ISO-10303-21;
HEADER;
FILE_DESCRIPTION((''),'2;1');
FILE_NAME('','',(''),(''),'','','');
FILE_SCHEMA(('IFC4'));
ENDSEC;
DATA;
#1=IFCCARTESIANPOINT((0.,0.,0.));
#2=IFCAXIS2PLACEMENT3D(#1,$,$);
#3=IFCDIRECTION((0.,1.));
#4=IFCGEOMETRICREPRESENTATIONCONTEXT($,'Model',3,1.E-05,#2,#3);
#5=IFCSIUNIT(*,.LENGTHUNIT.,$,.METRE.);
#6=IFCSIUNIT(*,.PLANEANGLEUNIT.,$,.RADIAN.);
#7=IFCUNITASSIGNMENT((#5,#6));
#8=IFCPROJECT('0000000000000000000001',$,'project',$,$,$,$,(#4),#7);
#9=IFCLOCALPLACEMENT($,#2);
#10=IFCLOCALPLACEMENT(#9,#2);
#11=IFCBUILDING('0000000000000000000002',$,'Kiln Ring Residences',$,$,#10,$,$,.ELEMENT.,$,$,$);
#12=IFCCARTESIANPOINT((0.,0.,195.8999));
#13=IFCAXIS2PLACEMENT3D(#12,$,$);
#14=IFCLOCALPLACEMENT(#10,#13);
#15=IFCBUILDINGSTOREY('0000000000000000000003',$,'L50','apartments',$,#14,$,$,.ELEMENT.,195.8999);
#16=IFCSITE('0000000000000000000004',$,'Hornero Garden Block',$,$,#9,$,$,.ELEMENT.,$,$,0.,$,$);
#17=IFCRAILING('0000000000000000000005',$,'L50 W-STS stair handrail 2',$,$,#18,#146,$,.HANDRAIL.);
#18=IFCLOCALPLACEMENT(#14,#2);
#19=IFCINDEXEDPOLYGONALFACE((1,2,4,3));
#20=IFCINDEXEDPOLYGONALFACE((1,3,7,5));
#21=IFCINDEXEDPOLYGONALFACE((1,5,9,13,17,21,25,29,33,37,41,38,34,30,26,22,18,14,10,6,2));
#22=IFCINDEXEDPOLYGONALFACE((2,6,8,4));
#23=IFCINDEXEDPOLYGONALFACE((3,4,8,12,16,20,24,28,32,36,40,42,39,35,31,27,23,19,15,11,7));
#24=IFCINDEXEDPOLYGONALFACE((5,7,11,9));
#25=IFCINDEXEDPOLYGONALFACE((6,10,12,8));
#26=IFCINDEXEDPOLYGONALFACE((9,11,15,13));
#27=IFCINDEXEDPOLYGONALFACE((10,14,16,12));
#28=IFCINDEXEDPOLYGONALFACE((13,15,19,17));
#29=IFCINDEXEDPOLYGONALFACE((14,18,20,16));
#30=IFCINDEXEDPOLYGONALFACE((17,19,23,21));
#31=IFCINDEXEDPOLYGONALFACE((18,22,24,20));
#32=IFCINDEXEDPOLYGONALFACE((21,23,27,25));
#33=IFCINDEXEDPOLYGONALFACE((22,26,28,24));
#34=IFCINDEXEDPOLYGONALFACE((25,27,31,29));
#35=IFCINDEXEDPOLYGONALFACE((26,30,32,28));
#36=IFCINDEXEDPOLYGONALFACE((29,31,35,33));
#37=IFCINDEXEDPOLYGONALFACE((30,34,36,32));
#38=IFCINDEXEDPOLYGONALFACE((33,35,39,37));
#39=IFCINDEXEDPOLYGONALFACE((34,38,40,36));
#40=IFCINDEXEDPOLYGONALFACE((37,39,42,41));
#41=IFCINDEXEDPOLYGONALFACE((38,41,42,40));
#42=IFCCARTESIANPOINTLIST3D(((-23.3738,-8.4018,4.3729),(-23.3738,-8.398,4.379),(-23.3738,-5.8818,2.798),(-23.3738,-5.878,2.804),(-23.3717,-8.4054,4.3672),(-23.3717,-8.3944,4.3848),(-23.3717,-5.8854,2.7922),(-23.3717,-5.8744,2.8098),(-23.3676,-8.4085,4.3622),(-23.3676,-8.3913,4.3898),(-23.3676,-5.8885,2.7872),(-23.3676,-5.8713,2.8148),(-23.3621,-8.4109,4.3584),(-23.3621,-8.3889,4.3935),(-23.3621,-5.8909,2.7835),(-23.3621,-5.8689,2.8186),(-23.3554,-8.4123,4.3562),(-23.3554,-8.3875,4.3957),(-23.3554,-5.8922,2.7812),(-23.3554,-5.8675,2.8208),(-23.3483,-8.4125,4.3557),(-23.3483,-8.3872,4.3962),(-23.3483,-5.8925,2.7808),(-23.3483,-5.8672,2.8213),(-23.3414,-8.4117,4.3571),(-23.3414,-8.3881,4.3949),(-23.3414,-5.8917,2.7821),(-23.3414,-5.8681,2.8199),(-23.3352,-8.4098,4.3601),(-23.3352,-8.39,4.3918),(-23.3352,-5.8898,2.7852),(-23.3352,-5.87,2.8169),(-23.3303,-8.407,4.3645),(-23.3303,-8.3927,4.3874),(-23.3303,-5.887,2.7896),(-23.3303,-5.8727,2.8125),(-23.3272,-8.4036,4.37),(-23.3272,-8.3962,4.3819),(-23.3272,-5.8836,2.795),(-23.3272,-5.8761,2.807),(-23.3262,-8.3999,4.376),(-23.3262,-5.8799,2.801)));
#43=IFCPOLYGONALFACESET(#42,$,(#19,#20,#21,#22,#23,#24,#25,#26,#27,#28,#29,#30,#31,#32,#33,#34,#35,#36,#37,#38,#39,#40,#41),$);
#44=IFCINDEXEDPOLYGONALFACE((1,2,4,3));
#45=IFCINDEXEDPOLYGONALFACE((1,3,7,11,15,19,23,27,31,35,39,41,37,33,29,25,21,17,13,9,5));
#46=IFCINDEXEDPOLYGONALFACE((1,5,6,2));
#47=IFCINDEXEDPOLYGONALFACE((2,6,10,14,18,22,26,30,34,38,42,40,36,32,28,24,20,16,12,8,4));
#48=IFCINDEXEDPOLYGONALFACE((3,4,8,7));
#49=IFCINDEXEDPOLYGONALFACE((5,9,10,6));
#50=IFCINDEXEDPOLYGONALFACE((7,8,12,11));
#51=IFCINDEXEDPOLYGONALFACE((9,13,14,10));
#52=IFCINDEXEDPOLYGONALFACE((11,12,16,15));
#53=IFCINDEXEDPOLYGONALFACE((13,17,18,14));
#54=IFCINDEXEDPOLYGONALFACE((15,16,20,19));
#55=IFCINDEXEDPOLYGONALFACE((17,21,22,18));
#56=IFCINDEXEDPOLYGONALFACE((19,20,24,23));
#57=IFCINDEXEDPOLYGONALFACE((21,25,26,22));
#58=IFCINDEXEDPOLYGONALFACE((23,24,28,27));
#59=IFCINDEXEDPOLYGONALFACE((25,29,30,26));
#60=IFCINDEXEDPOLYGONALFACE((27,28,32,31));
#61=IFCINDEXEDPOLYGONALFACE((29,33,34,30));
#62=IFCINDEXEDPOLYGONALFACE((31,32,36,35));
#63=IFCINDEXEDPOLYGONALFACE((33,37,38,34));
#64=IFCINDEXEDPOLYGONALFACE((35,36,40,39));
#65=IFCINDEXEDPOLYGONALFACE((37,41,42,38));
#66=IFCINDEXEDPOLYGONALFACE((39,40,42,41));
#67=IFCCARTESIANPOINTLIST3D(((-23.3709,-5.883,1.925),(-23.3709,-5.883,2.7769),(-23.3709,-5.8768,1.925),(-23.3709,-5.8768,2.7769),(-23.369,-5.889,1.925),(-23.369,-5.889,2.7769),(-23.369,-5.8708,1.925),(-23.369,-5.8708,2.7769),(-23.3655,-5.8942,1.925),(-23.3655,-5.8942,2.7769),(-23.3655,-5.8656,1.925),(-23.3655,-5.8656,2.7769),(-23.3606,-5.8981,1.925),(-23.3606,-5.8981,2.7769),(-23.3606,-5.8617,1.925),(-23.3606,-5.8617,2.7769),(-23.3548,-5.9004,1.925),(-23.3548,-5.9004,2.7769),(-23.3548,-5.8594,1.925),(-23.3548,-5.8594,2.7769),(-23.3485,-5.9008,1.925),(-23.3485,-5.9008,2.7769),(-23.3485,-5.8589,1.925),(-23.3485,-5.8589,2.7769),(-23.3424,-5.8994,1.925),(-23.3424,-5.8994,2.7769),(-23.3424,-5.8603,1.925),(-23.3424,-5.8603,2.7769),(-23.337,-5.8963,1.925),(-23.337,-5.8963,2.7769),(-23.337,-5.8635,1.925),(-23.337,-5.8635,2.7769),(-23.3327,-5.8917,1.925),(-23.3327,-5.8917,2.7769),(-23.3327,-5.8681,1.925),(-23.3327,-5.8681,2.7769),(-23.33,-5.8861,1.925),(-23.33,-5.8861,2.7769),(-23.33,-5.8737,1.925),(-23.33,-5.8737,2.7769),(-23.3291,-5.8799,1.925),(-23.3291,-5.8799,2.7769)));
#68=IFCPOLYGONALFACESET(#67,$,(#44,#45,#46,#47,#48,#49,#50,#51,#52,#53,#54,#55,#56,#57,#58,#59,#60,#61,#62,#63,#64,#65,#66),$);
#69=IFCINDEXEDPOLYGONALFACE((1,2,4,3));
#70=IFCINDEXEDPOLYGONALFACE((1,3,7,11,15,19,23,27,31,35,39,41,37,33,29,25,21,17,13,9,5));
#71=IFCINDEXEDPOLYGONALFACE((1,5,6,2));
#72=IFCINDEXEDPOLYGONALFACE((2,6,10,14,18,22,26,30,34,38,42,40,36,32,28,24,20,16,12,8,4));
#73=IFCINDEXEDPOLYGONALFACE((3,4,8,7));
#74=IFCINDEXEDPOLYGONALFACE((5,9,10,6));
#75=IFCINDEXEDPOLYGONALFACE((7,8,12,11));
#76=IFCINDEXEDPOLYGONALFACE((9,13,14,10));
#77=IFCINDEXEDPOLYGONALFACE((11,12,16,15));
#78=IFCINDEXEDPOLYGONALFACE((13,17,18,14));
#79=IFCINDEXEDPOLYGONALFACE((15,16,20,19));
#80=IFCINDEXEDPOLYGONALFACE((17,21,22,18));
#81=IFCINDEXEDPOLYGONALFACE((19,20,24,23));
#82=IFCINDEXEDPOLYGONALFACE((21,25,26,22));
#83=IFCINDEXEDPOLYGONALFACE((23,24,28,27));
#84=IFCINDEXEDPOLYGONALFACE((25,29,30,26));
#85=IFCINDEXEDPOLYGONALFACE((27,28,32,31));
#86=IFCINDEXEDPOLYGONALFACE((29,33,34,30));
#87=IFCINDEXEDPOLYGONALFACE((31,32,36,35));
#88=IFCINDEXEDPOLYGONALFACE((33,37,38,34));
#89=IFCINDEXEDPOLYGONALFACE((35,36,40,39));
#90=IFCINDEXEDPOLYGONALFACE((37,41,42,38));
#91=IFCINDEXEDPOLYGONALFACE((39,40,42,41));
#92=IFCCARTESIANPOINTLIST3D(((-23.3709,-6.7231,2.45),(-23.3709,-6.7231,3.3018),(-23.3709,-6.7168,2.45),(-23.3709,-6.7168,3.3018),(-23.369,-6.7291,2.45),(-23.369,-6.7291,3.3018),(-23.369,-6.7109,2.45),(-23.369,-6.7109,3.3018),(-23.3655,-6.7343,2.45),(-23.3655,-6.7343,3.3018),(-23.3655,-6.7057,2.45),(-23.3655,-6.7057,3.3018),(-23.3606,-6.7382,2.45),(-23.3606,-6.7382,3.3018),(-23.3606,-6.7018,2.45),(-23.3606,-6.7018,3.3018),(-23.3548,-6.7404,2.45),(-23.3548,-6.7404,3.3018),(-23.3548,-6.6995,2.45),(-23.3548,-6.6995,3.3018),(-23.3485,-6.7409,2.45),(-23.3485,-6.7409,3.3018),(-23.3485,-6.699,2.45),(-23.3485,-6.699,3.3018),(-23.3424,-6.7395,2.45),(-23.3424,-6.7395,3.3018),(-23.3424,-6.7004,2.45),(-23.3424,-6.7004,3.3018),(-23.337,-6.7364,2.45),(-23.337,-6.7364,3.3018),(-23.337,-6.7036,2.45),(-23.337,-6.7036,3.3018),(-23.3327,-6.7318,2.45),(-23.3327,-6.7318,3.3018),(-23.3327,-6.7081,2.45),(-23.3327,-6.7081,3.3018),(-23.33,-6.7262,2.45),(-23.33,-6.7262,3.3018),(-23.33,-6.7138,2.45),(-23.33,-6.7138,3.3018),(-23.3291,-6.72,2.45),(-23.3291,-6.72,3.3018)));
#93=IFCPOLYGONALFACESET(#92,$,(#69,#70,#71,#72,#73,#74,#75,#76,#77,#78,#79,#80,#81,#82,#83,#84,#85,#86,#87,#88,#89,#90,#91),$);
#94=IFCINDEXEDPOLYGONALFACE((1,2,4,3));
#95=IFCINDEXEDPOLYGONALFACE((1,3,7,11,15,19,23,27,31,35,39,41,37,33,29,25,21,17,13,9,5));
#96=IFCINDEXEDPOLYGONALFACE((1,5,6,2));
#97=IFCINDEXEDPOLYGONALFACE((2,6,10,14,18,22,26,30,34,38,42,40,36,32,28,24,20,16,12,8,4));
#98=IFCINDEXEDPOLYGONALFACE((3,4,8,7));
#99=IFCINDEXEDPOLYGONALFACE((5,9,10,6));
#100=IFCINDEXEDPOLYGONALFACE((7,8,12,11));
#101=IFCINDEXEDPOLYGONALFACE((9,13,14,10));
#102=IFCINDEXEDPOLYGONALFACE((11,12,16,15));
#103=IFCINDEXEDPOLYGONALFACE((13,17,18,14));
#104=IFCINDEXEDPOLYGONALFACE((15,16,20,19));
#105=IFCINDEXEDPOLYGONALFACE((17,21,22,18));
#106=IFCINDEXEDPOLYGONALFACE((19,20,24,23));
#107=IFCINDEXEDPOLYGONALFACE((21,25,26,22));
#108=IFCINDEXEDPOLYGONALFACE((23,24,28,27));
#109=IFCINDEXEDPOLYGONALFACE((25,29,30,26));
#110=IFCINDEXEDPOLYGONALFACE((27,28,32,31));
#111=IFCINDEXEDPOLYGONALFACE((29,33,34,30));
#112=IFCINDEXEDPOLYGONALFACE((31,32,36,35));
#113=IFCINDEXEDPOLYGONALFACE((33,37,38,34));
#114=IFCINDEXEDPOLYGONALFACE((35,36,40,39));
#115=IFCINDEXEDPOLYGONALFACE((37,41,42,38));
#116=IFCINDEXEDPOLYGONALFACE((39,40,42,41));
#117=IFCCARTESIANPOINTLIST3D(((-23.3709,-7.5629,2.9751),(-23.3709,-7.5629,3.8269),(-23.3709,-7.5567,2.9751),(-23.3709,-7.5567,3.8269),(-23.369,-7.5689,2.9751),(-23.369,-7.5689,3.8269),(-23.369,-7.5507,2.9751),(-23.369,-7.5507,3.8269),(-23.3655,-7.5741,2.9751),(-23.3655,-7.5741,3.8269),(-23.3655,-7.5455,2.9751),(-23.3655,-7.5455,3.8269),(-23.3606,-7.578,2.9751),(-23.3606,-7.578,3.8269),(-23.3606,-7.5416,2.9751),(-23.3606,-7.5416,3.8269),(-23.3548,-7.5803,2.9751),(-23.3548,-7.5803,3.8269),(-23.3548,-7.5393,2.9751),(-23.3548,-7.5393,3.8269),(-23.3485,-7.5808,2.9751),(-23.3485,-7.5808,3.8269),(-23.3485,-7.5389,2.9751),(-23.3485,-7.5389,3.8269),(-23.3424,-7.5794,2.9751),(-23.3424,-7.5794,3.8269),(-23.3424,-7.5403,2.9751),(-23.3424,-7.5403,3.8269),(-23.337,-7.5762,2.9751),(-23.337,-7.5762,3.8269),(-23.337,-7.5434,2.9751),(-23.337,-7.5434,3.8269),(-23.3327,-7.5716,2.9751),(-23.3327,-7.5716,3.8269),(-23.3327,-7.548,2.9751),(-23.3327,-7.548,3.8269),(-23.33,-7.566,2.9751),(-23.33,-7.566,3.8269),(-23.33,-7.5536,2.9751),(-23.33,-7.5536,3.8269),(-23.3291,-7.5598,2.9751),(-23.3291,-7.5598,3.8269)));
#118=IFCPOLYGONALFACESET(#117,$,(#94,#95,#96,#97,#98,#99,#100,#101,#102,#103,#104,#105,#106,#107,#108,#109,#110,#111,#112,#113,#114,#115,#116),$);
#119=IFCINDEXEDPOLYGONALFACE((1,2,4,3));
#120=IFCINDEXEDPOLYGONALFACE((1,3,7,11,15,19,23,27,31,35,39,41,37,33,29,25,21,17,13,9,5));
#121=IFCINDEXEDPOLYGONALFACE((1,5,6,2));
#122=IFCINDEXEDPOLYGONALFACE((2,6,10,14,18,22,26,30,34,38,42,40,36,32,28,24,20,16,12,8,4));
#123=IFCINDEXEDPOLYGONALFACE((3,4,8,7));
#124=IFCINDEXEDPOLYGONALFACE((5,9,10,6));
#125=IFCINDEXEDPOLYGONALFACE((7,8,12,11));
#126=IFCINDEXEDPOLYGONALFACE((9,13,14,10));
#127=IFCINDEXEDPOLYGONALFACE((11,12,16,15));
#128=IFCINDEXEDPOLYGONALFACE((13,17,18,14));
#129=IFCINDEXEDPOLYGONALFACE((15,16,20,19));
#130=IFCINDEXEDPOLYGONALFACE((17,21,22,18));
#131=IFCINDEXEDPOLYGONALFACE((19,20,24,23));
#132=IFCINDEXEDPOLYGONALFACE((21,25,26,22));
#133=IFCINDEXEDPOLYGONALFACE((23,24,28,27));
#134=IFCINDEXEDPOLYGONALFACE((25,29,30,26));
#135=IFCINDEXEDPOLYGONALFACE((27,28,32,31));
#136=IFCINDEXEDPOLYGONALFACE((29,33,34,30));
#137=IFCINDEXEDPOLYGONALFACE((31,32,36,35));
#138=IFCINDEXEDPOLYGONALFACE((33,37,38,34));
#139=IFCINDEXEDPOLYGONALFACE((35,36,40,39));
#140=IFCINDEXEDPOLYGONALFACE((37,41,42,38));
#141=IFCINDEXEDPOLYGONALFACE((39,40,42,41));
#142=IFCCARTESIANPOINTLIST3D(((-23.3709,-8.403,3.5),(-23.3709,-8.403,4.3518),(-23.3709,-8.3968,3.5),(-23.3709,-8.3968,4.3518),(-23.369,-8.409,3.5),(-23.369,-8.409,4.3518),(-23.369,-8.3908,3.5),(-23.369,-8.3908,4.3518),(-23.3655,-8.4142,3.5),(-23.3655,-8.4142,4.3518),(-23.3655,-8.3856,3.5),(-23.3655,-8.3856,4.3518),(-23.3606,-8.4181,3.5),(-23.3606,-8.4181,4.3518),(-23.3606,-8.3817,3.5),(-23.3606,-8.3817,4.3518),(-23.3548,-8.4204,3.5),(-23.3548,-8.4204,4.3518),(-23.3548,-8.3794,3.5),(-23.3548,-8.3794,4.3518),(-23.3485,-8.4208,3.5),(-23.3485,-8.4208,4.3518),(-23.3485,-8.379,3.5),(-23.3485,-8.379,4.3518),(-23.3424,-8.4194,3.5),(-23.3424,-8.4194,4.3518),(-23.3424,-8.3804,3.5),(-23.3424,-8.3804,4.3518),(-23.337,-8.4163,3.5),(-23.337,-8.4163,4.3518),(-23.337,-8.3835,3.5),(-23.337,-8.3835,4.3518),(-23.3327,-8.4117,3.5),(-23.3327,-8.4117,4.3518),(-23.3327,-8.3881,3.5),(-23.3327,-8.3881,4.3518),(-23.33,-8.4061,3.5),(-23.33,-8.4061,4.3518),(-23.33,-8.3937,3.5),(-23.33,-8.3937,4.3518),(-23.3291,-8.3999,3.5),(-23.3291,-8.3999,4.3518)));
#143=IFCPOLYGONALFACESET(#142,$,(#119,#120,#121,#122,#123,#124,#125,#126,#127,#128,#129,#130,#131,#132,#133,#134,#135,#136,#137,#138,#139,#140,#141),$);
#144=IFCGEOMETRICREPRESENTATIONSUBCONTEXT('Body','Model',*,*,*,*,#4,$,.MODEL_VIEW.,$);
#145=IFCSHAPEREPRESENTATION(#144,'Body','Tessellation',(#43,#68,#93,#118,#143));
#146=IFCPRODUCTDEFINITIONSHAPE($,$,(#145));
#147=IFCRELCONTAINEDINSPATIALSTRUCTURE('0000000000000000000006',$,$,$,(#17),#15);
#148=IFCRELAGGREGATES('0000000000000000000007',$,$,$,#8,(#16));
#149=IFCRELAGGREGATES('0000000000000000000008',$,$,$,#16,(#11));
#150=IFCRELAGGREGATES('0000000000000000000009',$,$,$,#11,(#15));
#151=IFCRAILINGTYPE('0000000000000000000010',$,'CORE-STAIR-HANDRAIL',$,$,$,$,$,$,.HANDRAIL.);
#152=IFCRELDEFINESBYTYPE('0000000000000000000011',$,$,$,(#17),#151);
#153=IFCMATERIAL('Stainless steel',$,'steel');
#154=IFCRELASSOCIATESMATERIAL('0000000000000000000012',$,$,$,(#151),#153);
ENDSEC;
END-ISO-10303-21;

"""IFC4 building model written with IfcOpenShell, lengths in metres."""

from ifc_helpers import new_model, si_unit, direction, frame, origin, origin_2d, place, context, subcontext, project, spatial, circle, extrude, material, type_object, element, save


model = new_model("IFC4")

# Units and contexts
model_context = context("Model", 3, precision=1e-05, world=origin(), true_north=direction((0.0, 1.0)))
body_context = subcontext(model_context, "Body", "Model", "MODEL_VIEW")
ifc_project = project(units=[si_unit("LENGTHUNIT", "METRE"), si_unit("PLANEANGLEUNIT", "RADIAN")], contexts=[model_context])

# Site, building, storey
site_placement = place(None, origin())
site = spatial("IfcSite", under=ifc_project, at=site_placement, Name="Hornero Garden Block", CompositionType="ELEMENT", RefElevation=0.0)
building_placement = place(site_placement, origin())
building = spatial("IfcBuilding", under=site, at=building_placement, Name="Kiln Ring Residences", CompositionType="ELEMENT")
storey_placement = place(building_placement, frame((0.0, 0.0, 195.8999)))
storey = spatial("IfcBuildingStorey", under=building, at=storey_placement, Name="L50", Description="apartments", CompositionType="ELEMENT", Elevation=195.8999)

# Railing
ifc_material_1 = material(Name="Stainless steel", Category="steel")
railing_type_1 = type_object("IfcRailingType", Name="CORE-STAIR-HANDRAIL", PredefinedType="HANDRAIL", material=ifc_material_1)
railing_1_placement = place(storey_placement, frame((-23.3501, -5.8799, 1.925)))
element("IfcRailing", 1, at=railing_1_placement, inside=storey, type_object=railing_type_1, Name="L50 W-STS stair handrail 2", PredefinedType="HANDRAIL", context=body_context, shape_type="SweptSolid", body=[
    extrude(circle(Radius=0.0239, at=origin_2d()), frame((0.0, 0.0, 0.876), z_axis=(0.0, -0.848008, 0.529984), x_axis=(1.0, 0.0, 0.0)), (0.0, 0.0, 1.0), 2.9717),
    extrude(circle(Radius=0.021, at=origin_2d()), origin(), (0.0, 0.0, 1.0), 0.8518),
    extrude(circle(Radius=0.021, at=origin_2d()), frame((0.0, -0.8401, 0.5249)), (0.0, 0.0, 1.0), 0.8518),
    extrude(circle(Radius=0.021, at=origin_2d()), frame((0.0, -1.6799, 1.05)), (0.0, 0.0, 1.0), 0.8518),
    extrude(circle(Radius=0.021, at=origin_2d()), frame((0.0, -2.52, 1.575)), (0.0, 0.0, 1.0), 0.8518),
])

save(model, "model.ifc")
